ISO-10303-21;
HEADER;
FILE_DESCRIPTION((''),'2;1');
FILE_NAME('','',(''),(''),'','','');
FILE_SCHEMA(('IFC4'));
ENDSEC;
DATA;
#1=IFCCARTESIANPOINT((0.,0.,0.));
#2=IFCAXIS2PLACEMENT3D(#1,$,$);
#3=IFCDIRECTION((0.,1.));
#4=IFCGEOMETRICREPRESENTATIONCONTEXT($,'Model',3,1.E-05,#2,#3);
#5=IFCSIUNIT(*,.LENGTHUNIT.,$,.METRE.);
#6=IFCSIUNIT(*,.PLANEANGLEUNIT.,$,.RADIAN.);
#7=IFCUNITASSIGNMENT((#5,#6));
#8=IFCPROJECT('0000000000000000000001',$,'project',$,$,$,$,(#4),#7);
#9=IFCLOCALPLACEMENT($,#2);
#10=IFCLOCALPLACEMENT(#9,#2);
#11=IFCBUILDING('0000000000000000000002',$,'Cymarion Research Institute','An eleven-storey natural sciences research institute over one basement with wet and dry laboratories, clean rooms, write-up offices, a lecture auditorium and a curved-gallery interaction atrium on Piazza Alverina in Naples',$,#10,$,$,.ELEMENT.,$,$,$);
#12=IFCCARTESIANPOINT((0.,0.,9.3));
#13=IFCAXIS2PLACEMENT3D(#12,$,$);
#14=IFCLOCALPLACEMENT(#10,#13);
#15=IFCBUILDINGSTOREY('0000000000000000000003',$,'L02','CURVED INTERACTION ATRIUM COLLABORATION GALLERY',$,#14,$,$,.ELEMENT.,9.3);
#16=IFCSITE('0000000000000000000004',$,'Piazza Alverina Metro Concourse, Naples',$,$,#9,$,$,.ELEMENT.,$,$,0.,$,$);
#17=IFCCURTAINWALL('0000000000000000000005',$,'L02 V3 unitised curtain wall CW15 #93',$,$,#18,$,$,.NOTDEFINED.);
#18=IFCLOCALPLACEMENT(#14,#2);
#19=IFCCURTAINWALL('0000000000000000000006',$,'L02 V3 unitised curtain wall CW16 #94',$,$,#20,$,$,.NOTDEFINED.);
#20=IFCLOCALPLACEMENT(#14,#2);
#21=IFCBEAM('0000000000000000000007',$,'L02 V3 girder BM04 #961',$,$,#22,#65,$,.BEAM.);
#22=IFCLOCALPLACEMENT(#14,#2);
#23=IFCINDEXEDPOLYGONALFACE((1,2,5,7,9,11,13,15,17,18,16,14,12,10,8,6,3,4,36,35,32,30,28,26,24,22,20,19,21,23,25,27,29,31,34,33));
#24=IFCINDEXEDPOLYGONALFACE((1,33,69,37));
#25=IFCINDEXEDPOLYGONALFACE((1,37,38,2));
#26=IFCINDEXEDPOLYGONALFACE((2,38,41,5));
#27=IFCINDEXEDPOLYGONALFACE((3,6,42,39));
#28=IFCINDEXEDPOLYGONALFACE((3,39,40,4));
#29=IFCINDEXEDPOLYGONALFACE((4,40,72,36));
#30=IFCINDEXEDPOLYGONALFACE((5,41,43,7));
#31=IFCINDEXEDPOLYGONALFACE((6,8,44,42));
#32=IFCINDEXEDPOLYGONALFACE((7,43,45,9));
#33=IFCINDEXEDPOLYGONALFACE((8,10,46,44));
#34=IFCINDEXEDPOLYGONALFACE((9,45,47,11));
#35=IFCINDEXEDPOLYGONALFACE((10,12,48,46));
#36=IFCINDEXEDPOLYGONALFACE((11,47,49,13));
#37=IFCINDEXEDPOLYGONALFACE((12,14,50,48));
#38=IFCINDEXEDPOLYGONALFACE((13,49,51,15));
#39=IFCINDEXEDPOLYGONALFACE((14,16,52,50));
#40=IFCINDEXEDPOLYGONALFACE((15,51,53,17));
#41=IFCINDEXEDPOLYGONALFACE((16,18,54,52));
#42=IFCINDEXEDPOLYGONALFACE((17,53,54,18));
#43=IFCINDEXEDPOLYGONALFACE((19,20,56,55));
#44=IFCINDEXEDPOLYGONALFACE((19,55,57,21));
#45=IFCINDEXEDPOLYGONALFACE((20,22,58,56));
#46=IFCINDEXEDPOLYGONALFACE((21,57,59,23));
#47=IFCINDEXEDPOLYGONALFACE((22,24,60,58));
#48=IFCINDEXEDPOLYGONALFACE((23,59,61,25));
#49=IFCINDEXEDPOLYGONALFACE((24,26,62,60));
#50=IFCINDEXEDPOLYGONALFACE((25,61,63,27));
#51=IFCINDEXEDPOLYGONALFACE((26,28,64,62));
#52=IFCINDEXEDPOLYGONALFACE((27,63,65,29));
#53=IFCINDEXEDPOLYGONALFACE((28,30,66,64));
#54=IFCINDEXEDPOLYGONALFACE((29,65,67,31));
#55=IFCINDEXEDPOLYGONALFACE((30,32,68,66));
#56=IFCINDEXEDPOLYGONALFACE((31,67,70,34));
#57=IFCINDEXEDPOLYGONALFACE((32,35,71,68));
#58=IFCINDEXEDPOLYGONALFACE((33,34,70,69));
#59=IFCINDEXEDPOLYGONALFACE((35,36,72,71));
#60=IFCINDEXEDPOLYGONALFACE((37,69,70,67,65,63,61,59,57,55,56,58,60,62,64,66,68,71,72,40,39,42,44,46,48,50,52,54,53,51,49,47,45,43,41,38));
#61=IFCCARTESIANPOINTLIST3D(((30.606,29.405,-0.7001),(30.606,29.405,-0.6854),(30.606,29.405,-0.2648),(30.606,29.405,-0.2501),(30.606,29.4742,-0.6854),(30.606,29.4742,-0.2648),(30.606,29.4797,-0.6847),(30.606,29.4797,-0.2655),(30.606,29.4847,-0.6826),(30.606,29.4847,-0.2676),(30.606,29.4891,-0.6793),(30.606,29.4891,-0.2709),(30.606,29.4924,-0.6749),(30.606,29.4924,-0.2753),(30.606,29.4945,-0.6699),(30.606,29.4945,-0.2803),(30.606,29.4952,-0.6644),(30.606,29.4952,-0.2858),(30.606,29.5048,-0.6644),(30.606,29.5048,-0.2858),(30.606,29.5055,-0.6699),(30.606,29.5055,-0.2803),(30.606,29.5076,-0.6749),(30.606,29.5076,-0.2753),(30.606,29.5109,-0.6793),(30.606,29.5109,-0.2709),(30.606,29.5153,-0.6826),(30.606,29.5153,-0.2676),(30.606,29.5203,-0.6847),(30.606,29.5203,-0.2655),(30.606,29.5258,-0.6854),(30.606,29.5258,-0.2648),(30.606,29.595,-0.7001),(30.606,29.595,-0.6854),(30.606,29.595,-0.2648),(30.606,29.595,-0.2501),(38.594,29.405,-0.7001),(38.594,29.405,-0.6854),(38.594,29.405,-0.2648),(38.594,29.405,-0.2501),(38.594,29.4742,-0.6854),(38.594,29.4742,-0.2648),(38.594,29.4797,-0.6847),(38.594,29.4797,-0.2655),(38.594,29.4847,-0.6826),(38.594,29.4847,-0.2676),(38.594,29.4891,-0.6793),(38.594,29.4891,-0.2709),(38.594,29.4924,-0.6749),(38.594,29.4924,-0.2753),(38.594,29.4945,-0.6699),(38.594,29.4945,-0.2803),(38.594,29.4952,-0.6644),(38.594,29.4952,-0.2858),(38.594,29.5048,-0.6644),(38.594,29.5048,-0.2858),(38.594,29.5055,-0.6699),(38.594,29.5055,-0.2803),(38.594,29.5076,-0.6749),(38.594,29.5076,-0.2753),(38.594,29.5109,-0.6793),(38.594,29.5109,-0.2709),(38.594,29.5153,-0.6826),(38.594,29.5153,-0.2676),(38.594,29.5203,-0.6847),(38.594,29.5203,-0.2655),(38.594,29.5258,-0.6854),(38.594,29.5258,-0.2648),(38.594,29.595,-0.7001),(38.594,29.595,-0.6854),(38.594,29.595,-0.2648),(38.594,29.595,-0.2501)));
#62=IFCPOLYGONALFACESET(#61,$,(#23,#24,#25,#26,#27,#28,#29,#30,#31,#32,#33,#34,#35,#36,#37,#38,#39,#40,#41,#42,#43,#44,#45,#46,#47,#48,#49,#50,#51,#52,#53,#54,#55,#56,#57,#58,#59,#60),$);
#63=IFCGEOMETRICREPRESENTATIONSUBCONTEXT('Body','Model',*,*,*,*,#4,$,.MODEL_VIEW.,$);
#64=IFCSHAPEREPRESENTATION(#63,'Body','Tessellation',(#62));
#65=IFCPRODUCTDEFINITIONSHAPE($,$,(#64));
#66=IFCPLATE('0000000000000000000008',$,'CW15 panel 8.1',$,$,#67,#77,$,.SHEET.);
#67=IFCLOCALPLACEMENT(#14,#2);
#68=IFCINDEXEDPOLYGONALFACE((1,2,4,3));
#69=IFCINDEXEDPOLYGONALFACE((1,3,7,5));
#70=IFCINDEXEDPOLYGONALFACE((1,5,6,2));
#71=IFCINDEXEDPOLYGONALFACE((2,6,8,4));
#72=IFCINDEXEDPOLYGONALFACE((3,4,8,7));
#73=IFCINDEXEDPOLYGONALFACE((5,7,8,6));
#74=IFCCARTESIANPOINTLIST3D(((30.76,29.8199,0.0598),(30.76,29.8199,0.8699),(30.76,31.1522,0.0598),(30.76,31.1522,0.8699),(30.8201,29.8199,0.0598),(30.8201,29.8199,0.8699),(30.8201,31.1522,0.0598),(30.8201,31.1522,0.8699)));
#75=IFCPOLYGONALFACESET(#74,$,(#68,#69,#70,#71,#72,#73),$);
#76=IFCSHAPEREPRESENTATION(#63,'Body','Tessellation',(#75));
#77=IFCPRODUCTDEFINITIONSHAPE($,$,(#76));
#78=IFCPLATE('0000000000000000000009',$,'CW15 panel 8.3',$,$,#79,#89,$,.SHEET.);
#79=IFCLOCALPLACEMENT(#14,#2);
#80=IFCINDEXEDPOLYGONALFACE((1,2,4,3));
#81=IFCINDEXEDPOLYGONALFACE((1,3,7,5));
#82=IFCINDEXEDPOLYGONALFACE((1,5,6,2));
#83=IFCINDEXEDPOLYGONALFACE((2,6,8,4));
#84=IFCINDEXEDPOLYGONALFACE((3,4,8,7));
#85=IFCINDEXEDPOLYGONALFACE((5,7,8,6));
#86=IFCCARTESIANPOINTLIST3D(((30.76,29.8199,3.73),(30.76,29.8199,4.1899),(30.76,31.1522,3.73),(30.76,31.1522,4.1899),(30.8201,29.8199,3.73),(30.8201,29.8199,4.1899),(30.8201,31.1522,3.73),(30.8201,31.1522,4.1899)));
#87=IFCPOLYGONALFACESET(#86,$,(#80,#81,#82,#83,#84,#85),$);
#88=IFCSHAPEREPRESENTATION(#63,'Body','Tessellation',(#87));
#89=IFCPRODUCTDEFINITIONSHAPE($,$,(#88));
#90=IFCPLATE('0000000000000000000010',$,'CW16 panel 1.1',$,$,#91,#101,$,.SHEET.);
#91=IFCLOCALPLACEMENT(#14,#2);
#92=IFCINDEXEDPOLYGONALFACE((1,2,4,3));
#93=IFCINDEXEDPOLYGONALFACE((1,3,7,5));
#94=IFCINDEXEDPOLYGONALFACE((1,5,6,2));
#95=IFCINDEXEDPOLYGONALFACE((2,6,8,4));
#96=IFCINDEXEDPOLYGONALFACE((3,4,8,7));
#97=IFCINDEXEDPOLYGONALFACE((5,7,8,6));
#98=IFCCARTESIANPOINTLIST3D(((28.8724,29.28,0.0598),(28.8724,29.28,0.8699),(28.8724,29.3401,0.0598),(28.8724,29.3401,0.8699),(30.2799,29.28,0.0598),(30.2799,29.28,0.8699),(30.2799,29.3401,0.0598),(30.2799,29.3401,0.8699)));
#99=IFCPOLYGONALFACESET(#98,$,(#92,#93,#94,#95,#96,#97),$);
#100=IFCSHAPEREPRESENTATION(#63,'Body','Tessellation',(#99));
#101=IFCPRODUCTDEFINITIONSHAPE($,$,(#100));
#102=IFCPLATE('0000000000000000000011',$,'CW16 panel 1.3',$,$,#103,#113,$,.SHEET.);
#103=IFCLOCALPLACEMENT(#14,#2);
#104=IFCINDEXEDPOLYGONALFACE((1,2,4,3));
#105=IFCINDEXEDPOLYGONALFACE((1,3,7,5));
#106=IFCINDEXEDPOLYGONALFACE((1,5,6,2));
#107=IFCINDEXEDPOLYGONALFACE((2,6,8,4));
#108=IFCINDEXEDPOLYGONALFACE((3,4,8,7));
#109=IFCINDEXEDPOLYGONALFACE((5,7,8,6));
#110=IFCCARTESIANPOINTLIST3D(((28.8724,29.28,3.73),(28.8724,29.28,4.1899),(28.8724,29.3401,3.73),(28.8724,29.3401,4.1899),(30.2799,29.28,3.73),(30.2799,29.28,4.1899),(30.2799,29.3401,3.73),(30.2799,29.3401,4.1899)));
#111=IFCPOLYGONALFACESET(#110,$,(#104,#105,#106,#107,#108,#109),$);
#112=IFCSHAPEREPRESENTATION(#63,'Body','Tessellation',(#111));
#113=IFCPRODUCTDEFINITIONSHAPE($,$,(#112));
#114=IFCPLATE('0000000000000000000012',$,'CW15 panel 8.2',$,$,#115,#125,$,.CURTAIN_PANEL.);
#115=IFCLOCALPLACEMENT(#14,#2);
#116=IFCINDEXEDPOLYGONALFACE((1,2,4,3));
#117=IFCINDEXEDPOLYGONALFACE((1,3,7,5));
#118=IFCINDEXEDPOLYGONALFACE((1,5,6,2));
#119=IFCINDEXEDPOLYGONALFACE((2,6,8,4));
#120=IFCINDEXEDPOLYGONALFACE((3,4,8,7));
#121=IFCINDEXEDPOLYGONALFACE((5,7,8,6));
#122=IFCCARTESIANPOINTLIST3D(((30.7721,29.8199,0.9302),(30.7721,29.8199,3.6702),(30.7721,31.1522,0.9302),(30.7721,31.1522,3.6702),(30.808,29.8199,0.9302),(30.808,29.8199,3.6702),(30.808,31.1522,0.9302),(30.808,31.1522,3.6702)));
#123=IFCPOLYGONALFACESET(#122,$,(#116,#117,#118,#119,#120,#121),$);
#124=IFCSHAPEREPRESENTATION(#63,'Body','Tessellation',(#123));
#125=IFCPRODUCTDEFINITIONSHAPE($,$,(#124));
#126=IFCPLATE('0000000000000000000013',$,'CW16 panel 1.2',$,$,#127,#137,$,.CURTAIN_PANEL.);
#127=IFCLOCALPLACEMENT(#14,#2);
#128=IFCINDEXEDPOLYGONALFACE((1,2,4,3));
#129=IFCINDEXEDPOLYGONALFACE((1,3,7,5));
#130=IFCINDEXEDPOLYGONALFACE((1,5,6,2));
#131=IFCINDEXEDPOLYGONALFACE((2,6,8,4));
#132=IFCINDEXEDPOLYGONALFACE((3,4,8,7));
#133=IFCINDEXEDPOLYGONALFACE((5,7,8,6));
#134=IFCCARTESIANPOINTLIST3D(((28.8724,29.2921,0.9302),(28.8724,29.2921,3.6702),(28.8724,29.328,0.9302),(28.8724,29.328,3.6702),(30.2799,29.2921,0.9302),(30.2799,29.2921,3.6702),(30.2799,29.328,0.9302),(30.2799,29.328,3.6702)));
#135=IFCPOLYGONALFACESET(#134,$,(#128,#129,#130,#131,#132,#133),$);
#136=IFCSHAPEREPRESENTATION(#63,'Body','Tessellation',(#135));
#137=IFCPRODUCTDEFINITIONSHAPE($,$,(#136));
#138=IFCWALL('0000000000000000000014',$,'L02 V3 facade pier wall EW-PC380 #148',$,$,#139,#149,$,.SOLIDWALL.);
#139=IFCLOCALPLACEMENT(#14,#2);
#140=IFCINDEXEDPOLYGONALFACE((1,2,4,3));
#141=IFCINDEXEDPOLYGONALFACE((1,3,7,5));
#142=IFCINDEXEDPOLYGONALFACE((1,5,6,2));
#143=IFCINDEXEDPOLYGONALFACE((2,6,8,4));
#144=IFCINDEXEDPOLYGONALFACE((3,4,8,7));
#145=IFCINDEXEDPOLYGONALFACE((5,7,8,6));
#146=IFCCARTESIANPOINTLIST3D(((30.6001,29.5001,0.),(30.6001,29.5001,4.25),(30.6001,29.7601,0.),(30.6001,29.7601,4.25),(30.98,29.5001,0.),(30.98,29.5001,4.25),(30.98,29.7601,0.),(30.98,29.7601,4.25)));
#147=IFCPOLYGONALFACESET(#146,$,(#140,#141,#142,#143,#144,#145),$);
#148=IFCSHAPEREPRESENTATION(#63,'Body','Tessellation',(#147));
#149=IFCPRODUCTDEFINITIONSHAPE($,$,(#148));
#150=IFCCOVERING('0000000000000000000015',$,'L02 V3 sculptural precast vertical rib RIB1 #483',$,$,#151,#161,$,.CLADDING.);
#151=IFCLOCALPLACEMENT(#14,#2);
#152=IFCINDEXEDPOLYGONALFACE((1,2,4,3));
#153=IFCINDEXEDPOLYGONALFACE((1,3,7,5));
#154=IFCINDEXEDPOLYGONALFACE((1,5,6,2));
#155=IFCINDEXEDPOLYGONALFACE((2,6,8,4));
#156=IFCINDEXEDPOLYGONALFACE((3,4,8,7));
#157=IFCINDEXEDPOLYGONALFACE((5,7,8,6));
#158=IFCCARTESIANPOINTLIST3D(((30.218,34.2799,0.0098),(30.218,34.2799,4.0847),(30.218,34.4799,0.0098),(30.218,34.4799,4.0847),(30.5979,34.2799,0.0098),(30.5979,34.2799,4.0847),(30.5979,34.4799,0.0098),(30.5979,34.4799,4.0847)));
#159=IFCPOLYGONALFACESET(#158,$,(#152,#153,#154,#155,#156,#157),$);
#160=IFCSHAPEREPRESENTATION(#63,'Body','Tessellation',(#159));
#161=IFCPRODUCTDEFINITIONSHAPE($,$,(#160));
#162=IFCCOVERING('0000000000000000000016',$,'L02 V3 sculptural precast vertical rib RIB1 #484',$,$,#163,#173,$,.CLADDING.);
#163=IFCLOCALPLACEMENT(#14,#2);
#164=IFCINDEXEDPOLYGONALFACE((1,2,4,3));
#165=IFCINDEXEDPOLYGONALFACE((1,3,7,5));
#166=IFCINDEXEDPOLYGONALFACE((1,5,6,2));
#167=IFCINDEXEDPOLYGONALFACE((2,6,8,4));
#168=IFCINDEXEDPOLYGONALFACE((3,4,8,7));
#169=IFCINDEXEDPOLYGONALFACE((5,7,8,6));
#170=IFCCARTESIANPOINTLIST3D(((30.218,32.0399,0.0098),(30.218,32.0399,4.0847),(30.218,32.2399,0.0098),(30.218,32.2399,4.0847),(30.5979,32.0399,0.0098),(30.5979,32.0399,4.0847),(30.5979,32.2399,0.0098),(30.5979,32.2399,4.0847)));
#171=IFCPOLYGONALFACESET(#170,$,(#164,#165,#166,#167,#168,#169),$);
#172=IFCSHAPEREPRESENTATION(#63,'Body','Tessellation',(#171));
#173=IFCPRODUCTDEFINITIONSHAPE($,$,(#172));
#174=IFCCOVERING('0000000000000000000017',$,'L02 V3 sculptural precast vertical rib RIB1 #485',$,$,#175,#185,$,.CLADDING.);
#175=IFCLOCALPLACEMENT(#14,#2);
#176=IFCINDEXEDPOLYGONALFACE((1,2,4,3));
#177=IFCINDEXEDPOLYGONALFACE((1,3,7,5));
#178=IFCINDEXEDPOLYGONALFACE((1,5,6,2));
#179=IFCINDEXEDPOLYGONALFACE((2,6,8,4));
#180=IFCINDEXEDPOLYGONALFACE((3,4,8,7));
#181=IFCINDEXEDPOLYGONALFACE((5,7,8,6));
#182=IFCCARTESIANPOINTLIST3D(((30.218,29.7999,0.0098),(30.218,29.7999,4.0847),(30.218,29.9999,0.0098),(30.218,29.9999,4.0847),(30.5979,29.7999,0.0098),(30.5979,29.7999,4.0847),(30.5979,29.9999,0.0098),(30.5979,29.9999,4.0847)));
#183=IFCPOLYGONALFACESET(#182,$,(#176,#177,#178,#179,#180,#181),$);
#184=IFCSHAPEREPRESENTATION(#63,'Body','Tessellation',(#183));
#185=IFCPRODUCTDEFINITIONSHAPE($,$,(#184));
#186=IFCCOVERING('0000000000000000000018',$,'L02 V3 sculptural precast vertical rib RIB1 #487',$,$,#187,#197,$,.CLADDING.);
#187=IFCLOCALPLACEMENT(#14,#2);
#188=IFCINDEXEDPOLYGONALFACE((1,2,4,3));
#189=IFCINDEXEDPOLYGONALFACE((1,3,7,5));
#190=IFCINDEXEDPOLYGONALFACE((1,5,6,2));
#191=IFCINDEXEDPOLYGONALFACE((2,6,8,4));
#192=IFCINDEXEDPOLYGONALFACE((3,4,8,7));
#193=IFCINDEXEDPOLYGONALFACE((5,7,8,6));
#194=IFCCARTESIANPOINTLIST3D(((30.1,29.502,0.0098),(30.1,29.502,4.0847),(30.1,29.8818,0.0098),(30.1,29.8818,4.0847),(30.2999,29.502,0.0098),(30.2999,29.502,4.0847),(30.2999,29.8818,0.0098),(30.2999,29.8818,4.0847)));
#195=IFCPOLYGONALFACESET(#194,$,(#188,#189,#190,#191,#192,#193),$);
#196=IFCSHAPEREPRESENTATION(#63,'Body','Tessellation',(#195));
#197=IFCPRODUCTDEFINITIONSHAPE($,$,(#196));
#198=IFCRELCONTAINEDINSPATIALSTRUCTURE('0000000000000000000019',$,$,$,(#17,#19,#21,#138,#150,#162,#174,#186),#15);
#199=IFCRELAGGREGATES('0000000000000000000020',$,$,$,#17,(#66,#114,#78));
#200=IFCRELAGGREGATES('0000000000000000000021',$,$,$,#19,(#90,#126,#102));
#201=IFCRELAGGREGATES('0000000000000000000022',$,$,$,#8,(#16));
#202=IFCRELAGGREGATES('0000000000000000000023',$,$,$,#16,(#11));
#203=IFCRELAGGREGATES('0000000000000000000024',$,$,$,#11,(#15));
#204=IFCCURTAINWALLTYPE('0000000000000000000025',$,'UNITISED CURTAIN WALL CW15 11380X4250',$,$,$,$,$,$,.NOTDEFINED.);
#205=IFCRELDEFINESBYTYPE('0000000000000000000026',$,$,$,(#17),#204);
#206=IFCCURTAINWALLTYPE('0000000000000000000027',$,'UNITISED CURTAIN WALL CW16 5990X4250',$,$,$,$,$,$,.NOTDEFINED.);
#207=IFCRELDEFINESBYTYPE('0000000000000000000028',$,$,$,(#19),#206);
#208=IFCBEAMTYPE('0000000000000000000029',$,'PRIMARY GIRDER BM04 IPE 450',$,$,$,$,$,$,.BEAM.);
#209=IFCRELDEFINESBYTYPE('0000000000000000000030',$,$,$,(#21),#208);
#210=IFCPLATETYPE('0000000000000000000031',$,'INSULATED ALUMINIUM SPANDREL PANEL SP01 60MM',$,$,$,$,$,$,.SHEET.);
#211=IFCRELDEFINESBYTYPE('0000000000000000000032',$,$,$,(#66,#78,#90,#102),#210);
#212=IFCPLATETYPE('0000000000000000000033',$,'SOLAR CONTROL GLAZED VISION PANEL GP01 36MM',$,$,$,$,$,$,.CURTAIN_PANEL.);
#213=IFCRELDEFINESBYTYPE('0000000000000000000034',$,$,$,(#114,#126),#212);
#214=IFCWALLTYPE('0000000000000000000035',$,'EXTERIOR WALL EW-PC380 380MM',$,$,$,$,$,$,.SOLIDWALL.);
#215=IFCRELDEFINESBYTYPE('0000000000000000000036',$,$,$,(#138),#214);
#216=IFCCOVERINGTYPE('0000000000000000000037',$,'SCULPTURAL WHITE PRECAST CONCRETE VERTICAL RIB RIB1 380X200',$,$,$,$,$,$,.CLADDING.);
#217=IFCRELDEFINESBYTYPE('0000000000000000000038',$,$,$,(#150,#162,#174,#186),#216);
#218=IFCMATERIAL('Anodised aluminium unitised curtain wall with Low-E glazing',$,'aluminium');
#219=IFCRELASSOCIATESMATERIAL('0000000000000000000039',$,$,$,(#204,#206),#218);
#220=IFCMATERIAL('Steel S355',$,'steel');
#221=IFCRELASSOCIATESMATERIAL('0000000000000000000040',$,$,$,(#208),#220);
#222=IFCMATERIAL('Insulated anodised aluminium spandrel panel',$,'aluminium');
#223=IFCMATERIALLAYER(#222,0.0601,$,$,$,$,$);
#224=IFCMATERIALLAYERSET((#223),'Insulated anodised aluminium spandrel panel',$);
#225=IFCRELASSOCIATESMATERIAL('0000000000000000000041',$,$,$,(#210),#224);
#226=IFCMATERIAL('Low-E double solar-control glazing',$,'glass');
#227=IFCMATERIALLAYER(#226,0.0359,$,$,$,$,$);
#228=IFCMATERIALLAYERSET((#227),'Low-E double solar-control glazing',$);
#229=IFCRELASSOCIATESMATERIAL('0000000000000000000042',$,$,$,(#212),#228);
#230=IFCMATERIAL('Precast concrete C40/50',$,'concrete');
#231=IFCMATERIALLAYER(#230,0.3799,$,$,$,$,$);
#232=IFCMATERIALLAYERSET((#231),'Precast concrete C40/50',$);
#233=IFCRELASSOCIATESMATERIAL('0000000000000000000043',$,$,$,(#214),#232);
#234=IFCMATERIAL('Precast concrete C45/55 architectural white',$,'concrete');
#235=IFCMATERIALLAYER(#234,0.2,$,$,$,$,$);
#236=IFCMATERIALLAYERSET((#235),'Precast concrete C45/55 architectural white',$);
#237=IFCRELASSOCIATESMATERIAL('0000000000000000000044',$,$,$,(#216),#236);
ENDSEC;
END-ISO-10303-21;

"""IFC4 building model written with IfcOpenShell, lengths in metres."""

from ifc_helpers import new_model, si_unit, direction, frame, frame_2d, origin, origin_2d, place, context, subcontext, project, spatial, rectangle, i_section, extrude, material, layer, layer_set, material_profile, profile_set, type_object, element, aggregate, save


model = new_model("IFC4")

# Units and contexts
model_context = context("Model", 3, precision=1e-05, world=origin(), true_north=direction((0.0, 1.0)))
body_context = subcontext(model_context, "Body", "Model", "MODEL_VIEW")
ifc_project = project(units=[si_unit("LENGTHUNIT", "METRE"), si_unit("PLANEANGLEUNIT", "RADIAN")], contexts=[model_context])

# Site, building, storey
site_placement = place(None, origin())
site = spatial("IfcSite", under=ifc_project, at=site_placement, Name="Piazza Alverina Metro Concourse, Naples", CompositionType="ELEMENT", RefElevation=0.0)
building_placement = place(site_placement, origin())
building = spatial("IfcBuilding", under=site, at=building_placement, Name="Cymarion Research Institute", Description="An eleven-storey natural sciences research institute over one basement with wet and dry laboratories, clean rooms, write-up offices, a lecture auditorium and a curved-gallery interaction atrium on Piazza Alverina in Naples", CompositionType="ELEMENT")
storey_placement = place(building_placement, frame((0.0, 0.0, 9.3)))
storey = spatial("IfcBuildingStorey", under=building, at=storey_placement, Name="L02", Description="CURVED INTERACTION ATRIUM COLLABORATION GALLERY", CompositionType="ELEMENT", Elevation=9.3)

# Shared definitions
ifc_material_1 = material(Name="Steel S355", Category="steel")

# Curtain wall
ifc_material_2 = material(Name="Anodised aluminium unitised curtain wall with Low-E glazing", Category="aluminium")
curtain_wall_type_1 = type_object("IfcCurtainWallType", Name="UNITISED CURTAIN WALL CW15 11380X4250", PredefinedType="NOTDEFINED", material=ifc_material_2)
curtain_wall_1_placement = place(storey_placement, origin())
curtain_wall_1 = element("IfcCurtainWall", 1, at=curtain_wall_1_placement, inside=storey, type_object=curtain_wall_type_1, Name="L02 V3 unitised curtain wall CW15 #93", PredefinedType="NOTDEFINED")

# Curtain wall
curtain_wall_type_2 = type_object("IfcCurtainWallType", Name="UNITISED CURTAIN WALL CW16 5990X4250", PredefinedType="NOTDEFINED", material=ifc_material_2)
curtain_wall_2_placement = place(storey_placement, origin())
curtain_wall_2 = element("IfcCurtainWall", 2, at=curtain_wall_2_placement, inside=storey, type_object=curtain_wall_type_2, Name="L02 V3 unitised curtain wall CW16 #94", PredefinedType="NOTDEFINED")

# Beam
ifc_material_profile_1 = material_profile(ifc_material_1, i_section(OverallWidth=0.1899, OverallDepth=0.45, WebThickness=0.0095, FlangeThickness=0.0146, FilletRadius=0.021, at=origin_2d()), Name="IPE 450")
ifc_profile_set_1 = profile_set([ifc_material_profile_1], Name="Steel S355")
beam_type = type_object("IfcBeamType", Name="PRIMARY GIRDER BM04 IPE 450", PredefinedType="BEAM", material=ifc_profile_set_1)
beam_placement = place(storey_placement, frame((30.606, 29.5, -0.4751), z_axis=(1.0, 0.0, 0.0), x_axis=(0.0, 1.0, 0.0)))
element("IfcBeam", 3, at=beam_placement, inside=storey, type_object=beam_type, Name="L02 V3 girder BM04 #961", PredefinedType="BEAM", context=body_context, shape_type="SweptSolid", body=[
    extrude(i_section(OverallWidth=0.1899, OverallDepth=0.45, WebThickness=0.0095, FlangeThickness=0.0146, FilletRadius=0.021, at=origin_2d()), origin(), (0.0, 0.0, 1.0), 7.988),
])

# Plates
ifc_material_3 = material(Name="Insulated anodised aluminium spandrel panel", Category="aluminium")
ifc_layer_1 = layer(ifc_material_3, 0.0601)
ifc_layer_set_1 = layer_set([ifc_layer_1], Name="Insulated anodised aluminium spandrel panel")
plate_type_1 = type_object("IfcPlateType", Name="INSULATED ALUMINIUM SPANDREL PANEL SP01 60MM", PredefinedType="SHEET", material=ifc_layer_set_1)
plate_1_placement = place(storey_placement, frame((30.79, 30.4861, 0.0598), z_axis=(0.0, 0.0, 1.0), x_axis=(0.0, -1.0, 0.0)))
plate_1 = element("IfcPlate", 4, at=plate_1_placement, type_object=plate_type_1, Name="CW15 panel 8.1", PredefinedType="SHEET", context=body_context, shape_type="SweptSolid", body=[
    extrude(rectangle(XDim=1.3323, YDim=0.0601, at=origin_2d()), origin(), (0.0, 0.0, 1.0), 0.8101),
])
plate_2_placement = place(storey_placement, frame((30.79, 30.4861, 3.73), z_axis=(0.0, 0.0, 1.0), x_axis=(0.0, -1.0, 0.0)))
plate_2 = element("IfcPlate", 5, at=plate_2_placement, type_object=plate_type_1, Name="CW15 panel 8.3", PredefinedType="SHEET", context=body_context, shape_type="SweptSolid", body=[
    extrude(rectangle(XDim=1.3323, YDim=0.0601, at=origin_2d()), origin(), (0.0, 0.0, 1.0), 0.46),
])
plate_3_placement = place(storey_placement, frame((29.5762, 29.3101, 0.0598), z_axis=(0.0, 0.0, 1.0), x_axis=(-1.0, 0.0, 0.0)))
plate_3 = element("IfcPlate", 6, at=plate_3_placement, type_object=plate_type_1, Name="CW16 panel 1.1", PredefinedType="SHEET", context=body_context, shape_type="SweptSolid", body=[
    extrude(rectangle(XDim=1.4075, YDim=0.0601, at=origin_2d()), origin(), (0.0, 0.0, 1.0), 0.8101),
])
plate_4_placement = place(storey_placement, frame((29.5762, 29.3101, 3.73), z_axis=(0.0, 0.0, 1.0), x_axis=(-1.0, 0.0, 0.0)))
plate_4 = element("IfcPlate", 7, at=plate_4_placement, type_object=plate_type_1, Name="CW16 panel 1.3", PredefinedType="SHEET", context=body_context, shape_type="SweptSolid", body=[
    extrude(rectangle(XDim=1.4075, YDim=0.0601, at=origin_2d()), origin(), (0.0, 0.0, 1.0), 0.46),
])
ifc_material_4 = material(Name="Low-E double solar-control glazing", Category="glass")
ifc_layer_2 = layer(ifc_material_4, 0.0359)
ifc_layer_set_2 = layer_set([ifc_layer_2], Name="Low-E double solar-control glazing")
plate_type_2 = type_object("IfcPlateType", Name="SOLAR CONTROL GLAZED VISION PANEL GP01 36MM", PredefinedType="CURTAIN_PANEL", material=ifc_layer_set_2)
plate_5_placement = place(storey_placement, frame((30.79, 30.4861, 0.9302), z_axis=(0.0, 0.0, 1.0), x_axis=(0.0, -1.0, 0.0)))
plate_5 = element("IfcPlate", 8, at=plate_5_placement, type_object=plate_type_2, Name="CW15 panel 8.2", PredefinedType="CURTAIN_PANEL", context=body_context, shape_type="SweptSolid", body=[
    extrude(rectangle(XDim=1.3323, YDim=0.0359, at=origin_2d()), origin(), (0.0, 0.0, 1.0), 2.74),
])
aggregate(curtain_wall_1, [plate_1, plate_5, plate_2])
plate_6_placement = place(storey_placement, frame((29.5762, 29.3101, 0.9302), z_axis=(0.0, 0.0, 1.0), x_axis=(-1.0, 0.0, 0.0)))
plate_6 = element("IfcPlate", 9, at=plate_6_placement, type_object=plate_type_2, Name="CW16 panel 1.2", PredefinedType="CURTAIN_PANEL", context=body_context, shape_type="SweptSolid", body=[
    extrude(rectangle(XDim=1.4075, YDim=0.0359, at=origin_2d()), origin(), (0.0, 0.0, 1.0), 2.74),
])
aggregate(curtain_wall_2, [plate_3, plate_6, plate_4])

# Wall
ifc_material_5 = material(Name="Precast concrete C40/50", Category="concrete")
ifc_layer_3 = layer(ifc_material_5, 0.3799)
ifc_layer_set_3 = layer_set([ifc_layer_3], Name="Precast concrete C40/50")
wall_type = type_object("IfcWallType", Name="EXTERIOR WALL EW-PC380 380MM", PredefinedType="SOLIDWALL", material=ifc_layer_set_3)
wall_placement = place(storey_placement, frame((30.79, 29.76, 0.0), z_axis=(0.0, 0.0, 1.0), x_axis=(0.0, -1.0, 0.0)))
element("IfcWall", 10, at=wall_placement, inside=storey, type_object=wall_type, Name="L02 V3 facade pier wall EW-PC380 #148", PredefinedType="SOLIDWALL", context=body_context, shape_type="SweptSolid", body=[
    extrude(rectangle(XDim=0.26, YDim=0.3799, at=frame_2d((0.1299, 0.0))), origin(), (0.0, 0.0, 1.0), 4.25),
])

# Coverings
ifc_material_6 = material(Name="Precast concrete C45/55 architectural white", Category="concrete")
ifc_layer_4 = layer(ifc_material_6, 0.2)
ifc_layer_set_4 = layer_set([ifc_layer_4], Name="Precast concrete C45/55 architectural white")
covering_type = type_object("IfcCoveringType", Name="SCULPTURAL WHITE PRECAST CONCRETE VERTICAL RIB RIB1 380X200", PredefinedType="CLADDING", material=ifc_layer_set_4)
for number, where, z_axis, x_axis, name in (
    (11, (30.408, 34.3799, 0.0098), (0.0, 0.0, 1.0), (-1.0, 0.0, 0.0), "L02 V3 sculptural precast vertical rib RIB1 #483"),
    (12, (30.408, 32.1399, 0.0098), (0.0, 0.0, 1.0), (-1.0, 0.0, 0.0), "L02 V3 sculptural precast vertical rib RIB1 #484"),
    (13, (30.408, 29.8999, 0.0098), (0.0, 0.0, 1.0), (-1.0, 0.0, 0.0), "L02 V3 sculptural precast vertical rib RIB1 #485"),
    (14, (30.2, 29.6919, 0.0098), (0.0, 0.0, 1.0), (0.0, 1.0, 0.0), "L02 V3 sculptural precast vertical rib RIB1 #487"),
):
    element("IfcCovering", number, at=place(storey_placement, frame(where, z_axis=z_axis, x_axis=x_axis)), inside=storey, type_object=covering_type, Name=name, PredefinedType="CLADDING", context=body_context, shape_type="SweptSolid", body=[
        extrude(rectangle(XDim=0.3799, YDim=0.2, at=origin_2d()), origin(), (0.0, 0.0, 1.0), 4.075),
    ])

save(model, "model.ifc")
